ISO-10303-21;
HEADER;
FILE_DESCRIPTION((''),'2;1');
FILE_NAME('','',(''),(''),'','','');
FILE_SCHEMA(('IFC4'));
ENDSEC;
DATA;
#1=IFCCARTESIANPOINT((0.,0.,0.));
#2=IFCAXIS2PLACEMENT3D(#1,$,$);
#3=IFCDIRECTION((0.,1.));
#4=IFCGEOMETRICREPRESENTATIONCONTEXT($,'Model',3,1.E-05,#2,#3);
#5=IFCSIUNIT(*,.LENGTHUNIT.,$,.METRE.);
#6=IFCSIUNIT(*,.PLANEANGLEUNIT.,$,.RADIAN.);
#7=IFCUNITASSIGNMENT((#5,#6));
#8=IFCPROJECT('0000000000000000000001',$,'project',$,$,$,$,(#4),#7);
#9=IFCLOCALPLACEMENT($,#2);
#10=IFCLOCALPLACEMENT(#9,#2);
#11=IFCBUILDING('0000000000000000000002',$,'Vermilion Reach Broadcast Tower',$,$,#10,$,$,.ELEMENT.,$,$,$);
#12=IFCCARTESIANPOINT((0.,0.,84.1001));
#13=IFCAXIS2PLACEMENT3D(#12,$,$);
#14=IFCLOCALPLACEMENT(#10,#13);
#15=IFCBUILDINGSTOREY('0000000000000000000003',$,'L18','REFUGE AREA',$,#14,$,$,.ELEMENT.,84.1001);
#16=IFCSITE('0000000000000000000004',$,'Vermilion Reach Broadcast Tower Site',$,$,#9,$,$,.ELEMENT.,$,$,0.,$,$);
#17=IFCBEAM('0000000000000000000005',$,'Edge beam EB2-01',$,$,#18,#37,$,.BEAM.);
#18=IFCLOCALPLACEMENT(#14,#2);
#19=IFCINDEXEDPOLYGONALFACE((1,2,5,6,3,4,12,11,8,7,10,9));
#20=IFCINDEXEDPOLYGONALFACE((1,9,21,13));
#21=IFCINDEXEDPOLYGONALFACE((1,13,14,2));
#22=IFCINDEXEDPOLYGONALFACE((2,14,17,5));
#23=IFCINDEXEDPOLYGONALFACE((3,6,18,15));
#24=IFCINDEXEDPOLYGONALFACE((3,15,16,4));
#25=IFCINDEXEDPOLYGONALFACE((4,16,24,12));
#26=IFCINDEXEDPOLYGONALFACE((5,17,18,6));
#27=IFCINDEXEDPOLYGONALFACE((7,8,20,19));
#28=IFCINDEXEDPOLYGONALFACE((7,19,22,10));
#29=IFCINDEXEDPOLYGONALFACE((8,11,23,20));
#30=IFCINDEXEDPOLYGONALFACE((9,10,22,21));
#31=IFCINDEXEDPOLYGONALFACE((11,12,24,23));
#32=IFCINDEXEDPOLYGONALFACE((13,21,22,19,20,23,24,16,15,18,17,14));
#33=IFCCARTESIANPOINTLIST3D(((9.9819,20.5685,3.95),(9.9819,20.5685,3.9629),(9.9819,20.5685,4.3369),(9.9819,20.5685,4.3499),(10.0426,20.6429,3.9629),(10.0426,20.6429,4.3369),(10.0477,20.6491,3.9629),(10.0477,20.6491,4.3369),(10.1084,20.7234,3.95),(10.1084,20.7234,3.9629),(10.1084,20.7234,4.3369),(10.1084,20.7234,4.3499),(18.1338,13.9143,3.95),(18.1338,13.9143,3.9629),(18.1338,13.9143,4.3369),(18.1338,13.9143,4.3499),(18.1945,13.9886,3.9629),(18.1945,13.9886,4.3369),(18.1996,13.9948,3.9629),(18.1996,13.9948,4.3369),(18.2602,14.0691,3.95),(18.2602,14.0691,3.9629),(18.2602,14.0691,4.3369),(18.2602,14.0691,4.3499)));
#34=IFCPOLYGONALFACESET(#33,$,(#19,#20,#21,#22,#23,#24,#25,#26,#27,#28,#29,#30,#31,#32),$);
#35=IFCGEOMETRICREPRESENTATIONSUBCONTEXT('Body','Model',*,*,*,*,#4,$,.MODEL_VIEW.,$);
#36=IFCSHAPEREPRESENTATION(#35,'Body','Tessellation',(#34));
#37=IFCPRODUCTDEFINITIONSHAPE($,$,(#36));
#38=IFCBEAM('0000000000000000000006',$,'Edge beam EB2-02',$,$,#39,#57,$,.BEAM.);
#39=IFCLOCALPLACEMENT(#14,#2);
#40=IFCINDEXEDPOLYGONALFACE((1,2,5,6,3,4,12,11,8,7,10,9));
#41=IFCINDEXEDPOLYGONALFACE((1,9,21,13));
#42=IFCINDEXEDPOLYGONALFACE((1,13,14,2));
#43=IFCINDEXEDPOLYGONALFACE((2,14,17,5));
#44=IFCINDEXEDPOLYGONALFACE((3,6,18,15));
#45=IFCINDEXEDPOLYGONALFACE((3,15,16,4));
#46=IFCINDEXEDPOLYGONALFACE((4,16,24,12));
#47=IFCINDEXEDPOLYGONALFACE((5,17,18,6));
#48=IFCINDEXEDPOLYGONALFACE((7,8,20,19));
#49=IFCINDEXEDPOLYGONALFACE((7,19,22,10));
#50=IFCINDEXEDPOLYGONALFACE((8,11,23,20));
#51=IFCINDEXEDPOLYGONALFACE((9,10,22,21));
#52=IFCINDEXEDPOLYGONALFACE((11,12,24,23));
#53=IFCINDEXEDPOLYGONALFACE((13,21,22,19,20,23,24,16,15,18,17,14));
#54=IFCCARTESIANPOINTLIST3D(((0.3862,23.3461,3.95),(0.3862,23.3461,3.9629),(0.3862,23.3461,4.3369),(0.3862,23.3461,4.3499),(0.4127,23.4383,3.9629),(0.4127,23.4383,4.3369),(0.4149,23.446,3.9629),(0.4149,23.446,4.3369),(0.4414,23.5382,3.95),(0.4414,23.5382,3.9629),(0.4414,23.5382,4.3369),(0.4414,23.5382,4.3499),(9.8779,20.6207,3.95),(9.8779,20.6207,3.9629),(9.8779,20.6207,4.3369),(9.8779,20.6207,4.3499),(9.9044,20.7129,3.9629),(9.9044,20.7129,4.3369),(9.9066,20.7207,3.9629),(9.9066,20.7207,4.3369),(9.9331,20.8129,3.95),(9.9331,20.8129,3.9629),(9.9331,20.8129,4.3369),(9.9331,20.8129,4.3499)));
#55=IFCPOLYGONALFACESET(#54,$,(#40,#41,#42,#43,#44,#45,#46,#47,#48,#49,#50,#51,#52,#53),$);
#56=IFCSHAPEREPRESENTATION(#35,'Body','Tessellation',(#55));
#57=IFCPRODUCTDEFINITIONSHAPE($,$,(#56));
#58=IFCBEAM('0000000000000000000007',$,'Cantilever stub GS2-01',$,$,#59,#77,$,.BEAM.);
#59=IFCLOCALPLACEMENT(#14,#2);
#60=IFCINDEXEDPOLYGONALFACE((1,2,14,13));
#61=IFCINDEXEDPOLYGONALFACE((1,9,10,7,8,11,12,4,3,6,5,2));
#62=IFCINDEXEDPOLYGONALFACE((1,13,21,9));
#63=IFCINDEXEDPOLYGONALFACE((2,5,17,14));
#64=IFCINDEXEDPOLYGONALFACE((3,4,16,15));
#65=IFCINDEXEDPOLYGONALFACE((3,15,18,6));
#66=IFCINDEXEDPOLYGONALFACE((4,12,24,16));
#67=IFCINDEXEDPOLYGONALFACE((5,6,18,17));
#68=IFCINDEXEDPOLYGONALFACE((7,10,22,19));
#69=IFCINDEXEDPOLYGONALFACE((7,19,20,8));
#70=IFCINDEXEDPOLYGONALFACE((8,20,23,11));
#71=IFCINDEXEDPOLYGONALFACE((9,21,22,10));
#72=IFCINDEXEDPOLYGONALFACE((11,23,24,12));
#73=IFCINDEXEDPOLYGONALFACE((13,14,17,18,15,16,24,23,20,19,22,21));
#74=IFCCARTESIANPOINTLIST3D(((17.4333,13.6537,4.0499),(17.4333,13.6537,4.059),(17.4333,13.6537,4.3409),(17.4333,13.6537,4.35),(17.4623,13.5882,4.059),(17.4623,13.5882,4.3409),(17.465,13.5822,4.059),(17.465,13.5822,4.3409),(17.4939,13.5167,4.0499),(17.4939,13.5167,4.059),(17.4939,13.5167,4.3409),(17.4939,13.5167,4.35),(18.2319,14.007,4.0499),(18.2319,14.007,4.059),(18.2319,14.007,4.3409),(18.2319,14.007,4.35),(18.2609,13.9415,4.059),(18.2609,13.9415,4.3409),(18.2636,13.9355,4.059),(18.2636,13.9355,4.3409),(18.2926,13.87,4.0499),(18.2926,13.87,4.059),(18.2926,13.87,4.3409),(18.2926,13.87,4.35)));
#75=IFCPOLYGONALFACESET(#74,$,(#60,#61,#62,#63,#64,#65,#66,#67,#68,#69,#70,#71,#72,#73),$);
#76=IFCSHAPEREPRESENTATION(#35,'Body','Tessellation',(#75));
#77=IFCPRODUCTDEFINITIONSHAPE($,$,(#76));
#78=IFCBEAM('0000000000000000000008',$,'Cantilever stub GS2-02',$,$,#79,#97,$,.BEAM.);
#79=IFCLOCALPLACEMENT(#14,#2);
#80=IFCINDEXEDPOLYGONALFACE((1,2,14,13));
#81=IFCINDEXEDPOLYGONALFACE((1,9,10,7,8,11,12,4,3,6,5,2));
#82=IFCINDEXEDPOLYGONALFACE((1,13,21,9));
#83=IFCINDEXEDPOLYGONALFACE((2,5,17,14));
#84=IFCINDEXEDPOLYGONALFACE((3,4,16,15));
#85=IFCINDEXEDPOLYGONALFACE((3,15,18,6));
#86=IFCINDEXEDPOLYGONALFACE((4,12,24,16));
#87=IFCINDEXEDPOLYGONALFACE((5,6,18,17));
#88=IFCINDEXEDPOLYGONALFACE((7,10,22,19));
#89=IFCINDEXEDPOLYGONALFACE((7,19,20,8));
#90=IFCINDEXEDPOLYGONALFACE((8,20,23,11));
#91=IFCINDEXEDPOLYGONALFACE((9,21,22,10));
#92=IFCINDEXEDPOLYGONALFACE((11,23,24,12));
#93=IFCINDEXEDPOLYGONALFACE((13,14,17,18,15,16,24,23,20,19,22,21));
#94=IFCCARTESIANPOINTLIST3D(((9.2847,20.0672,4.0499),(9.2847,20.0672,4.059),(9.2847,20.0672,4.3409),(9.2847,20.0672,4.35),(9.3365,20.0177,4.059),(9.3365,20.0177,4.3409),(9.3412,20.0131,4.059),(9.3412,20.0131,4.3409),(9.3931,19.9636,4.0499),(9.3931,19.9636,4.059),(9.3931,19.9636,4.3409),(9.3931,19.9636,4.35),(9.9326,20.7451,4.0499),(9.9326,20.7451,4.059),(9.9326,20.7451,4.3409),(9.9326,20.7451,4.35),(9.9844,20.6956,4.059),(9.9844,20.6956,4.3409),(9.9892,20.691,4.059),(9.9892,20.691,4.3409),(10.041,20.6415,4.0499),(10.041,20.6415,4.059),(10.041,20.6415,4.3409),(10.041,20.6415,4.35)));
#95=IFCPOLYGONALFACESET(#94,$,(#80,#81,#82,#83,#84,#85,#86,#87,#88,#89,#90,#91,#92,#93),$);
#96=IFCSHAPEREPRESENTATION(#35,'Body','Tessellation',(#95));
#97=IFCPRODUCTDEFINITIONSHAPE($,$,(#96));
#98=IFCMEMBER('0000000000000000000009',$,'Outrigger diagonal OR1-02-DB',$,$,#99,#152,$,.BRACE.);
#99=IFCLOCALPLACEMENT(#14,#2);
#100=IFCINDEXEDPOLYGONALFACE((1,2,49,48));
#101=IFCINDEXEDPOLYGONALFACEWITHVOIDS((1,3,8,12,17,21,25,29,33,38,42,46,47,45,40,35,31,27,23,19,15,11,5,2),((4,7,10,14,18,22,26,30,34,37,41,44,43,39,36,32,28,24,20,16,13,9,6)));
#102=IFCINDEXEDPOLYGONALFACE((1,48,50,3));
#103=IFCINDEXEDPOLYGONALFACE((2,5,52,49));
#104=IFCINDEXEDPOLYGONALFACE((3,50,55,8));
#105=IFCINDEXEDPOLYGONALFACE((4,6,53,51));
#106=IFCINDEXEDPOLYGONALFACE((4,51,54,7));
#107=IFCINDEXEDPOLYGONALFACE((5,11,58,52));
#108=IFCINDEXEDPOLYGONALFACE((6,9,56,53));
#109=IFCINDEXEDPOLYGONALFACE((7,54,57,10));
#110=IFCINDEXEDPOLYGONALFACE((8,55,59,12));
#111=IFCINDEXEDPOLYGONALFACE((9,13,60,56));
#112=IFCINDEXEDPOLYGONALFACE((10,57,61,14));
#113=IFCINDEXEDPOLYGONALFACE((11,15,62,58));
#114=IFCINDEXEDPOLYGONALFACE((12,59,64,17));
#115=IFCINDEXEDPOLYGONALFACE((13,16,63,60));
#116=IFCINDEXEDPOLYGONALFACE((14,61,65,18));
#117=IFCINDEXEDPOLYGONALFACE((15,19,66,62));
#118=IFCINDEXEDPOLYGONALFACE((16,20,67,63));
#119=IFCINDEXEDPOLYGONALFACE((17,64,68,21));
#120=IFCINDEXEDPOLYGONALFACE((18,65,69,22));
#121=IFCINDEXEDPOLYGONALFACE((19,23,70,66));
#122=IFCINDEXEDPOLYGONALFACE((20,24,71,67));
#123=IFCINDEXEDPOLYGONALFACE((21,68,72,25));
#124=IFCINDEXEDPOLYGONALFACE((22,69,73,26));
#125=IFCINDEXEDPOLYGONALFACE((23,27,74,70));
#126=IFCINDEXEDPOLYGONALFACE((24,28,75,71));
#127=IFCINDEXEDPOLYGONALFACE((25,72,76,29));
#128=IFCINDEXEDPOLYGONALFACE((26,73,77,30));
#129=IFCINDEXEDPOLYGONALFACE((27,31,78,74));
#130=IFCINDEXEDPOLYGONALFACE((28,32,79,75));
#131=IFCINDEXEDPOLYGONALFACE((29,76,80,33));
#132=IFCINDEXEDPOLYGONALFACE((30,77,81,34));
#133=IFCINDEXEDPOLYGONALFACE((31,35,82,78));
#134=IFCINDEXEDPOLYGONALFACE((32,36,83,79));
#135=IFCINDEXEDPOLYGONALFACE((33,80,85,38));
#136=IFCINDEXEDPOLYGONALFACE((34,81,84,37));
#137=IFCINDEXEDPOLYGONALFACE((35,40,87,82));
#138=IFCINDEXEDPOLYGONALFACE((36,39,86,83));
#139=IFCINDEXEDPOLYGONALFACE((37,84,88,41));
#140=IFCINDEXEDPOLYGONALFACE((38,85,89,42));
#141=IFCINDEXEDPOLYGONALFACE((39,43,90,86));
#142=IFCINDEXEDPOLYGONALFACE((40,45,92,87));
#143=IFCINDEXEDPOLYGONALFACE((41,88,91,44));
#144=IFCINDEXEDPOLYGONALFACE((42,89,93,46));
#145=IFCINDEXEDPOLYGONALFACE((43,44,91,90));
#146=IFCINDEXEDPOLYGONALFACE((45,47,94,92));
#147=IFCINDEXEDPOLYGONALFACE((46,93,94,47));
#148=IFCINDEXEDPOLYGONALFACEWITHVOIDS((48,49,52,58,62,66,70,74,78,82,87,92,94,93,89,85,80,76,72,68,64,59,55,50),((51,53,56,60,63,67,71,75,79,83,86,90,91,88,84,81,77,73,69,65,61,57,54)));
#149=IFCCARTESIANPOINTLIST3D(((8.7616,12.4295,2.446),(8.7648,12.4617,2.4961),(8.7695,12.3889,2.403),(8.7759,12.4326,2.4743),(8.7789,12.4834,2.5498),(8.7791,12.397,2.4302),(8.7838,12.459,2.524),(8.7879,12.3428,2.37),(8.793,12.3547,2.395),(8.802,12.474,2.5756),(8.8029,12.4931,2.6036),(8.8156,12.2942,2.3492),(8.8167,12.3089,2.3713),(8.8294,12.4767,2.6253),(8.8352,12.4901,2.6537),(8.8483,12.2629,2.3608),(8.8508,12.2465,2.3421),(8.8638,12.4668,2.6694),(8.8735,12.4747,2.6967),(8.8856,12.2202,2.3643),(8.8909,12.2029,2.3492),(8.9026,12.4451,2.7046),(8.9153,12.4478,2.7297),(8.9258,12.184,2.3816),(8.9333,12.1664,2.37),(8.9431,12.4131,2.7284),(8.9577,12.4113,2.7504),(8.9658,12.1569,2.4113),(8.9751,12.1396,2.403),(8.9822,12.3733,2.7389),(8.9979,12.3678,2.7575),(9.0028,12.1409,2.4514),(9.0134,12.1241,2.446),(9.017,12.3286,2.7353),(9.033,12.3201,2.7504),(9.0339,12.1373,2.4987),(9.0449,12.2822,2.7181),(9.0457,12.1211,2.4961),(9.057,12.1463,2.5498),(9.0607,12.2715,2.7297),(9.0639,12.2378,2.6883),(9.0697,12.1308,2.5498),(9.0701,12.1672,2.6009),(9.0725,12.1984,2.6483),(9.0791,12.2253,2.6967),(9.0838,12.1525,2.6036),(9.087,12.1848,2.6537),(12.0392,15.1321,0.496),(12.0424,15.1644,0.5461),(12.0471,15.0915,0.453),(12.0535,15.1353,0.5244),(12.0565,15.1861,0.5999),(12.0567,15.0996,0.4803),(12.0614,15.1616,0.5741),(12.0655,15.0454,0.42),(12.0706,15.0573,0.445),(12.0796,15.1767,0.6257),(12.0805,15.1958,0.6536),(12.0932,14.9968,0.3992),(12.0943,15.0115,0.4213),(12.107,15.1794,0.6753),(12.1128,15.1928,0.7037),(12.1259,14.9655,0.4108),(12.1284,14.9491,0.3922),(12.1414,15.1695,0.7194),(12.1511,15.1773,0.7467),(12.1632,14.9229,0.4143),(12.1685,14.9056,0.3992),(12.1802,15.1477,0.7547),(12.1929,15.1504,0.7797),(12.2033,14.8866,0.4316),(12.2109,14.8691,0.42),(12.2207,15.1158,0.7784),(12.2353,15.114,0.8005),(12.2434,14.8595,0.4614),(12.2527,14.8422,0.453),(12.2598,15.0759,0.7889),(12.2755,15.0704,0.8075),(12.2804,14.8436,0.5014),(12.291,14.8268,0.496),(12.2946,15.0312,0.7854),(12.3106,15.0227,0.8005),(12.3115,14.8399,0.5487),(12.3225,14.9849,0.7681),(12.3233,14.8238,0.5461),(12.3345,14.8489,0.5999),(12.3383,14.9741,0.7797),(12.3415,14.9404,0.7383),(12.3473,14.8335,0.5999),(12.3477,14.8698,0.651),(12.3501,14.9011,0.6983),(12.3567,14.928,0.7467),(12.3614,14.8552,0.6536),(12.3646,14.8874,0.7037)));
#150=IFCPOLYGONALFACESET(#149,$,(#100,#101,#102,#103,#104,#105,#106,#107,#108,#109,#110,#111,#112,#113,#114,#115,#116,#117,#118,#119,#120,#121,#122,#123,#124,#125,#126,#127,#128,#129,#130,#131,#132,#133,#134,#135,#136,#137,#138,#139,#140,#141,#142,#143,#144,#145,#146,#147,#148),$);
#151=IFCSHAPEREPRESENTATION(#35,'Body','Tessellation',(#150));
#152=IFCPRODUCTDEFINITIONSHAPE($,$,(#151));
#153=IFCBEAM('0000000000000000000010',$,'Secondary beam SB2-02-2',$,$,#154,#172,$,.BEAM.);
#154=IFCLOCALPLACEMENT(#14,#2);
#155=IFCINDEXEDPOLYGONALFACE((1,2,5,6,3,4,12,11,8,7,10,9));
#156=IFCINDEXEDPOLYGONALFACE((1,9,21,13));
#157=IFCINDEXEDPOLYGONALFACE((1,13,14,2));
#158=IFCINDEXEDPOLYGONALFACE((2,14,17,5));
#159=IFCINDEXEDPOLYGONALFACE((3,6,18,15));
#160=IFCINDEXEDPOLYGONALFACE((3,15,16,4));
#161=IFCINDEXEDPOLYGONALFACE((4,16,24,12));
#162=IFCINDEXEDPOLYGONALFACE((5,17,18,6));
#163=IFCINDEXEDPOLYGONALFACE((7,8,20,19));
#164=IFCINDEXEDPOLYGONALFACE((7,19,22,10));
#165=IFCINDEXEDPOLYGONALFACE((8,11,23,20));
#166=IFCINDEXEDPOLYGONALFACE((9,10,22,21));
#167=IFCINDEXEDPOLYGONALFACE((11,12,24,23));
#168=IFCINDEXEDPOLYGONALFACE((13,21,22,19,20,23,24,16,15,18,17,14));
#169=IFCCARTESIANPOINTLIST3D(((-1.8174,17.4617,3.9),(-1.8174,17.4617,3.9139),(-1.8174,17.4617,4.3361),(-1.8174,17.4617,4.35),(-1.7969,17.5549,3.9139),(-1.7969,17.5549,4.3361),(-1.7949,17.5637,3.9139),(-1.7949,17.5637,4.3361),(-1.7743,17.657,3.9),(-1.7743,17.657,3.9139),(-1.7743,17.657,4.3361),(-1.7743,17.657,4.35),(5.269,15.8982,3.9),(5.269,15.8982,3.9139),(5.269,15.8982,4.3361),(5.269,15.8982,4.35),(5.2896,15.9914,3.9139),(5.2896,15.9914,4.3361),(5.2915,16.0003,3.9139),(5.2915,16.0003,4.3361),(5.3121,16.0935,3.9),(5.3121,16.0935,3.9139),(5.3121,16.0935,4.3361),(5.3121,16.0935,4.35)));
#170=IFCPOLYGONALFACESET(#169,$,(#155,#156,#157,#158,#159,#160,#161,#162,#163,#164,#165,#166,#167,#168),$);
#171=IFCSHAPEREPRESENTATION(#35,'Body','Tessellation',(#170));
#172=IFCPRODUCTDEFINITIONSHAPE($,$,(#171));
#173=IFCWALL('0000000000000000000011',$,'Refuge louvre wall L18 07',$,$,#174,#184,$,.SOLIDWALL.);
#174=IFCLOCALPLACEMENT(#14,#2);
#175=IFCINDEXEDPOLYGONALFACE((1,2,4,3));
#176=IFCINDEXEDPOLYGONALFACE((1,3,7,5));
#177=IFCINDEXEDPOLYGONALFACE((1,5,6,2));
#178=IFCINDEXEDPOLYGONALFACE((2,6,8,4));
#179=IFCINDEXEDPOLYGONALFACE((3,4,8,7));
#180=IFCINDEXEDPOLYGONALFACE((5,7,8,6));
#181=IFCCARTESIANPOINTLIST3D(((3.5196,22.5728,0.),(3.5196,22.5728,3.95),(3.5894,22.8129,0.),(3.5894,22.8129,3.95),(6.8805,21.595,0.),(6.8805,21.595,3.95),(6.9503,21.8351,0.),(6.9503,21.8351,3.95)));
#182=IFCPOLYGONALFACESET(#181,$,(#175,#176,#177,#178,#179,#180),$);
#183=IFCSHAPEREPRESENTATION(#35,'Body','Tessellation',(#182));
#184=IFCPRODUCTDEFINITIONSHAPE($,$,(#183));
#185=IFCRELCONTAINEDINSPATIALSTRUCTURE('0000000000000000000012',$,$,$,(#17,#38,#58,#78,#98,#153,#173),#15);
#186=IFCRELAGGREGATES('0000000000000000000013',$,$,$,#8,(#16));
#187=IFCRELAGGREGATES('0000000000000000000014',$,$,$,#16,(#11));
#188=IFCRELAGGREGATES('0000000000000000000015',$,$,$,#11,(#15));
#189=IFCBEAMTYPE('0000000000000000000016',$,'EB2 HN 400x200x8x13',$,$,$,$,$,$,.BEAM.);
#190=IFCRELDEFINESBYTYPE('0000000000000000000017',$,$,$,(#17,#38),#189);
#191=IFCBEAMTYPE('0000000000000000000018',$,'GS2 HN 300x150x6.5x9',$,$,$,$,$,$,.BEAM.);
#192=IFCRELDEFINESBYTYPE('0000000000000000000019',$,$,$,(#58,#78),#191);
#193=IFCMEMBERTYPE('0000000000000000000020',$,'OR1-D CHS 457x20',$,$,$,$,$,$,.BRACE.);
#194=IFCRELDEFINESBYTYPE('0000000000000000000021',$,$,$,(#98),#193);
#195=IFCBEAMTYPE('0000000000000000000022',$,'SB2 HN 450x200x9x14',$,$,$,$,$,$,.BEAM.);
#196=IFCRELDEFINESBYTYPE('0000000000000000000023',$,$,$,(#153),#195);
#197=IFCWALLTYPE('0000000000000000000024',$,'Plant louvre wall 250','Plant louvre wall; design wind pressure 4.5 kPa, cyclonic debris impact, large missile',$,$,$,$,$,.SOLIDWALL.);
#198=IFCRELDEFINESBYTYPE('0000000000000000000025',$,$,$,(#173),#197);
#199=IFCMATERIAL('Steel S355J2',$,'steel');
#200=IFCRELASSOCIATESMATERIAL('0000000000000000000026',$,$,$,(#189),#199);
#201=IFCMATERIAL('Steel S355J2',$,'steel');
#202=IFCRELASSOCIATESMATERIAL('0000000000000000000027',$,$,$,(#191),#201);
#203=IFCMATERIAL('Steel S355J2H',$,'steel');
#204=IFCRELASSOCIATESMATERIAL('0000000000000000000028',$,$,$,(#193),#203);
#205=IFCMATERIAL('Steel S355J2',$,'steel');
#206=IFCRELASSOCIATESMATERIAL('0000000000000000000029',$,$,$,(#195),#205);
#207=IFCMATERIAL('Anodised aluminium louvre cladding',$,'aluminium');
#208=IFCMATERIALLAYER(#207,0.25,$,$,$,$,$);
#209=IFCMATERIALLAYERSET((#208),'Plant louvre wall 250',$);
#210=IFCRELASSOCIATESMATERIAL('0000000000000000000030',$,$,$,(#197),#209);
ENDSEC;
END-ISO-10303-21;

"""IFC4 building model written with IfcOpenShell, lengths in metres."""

from ifc_helpers import new_model, si_unit, direction, frame, frame_2d, origin, origin_2d, place, context, subcontext, project, spatial, rectangle, hollow_circle, i_section, extrude, material, layer, layer_set, material_profile, profile_set, type_object, element, save


model = new_model("IFC4")

# Units and contexts
model_context = context("Model", 3, precision=1e-05, world=origin(), true_north=direction((0.0, 1.0)))
body_context = subcontext(model_context, "Body", "Model", "MODEL_VIEW")
ifc_project = project(units=[si_unit("LENGTHUNIT", "METRE"), si_unit("PLANEANGLEUNIT", "RADIAN")], contexts=[model_context])

# Site, building, storey
site_placement = place(None, origin())
site = spatial("IfcSite", under=ifc_project, at=site_placement, Name="Vermilion Reach Broadcast Tower Site", CompositionType="ELEMENT", RefElevation=0.0)
building_placement = place(site_placement, origin())
building = spatial("IfcBuilding", under=site, at=building_placement, Name="Vermilion Reach Broadcast Tower", CompositionType="ELEMENT")
storey_placement = place(building_placement, frame((0.0, 0.0, 84.1001)))
storey = spatial("IfcBuildingStorey", under=building, at=storey_placement, Name="L18", Description="REFUGE AREA", CompositionType="ELEMENT", Elevation=84.1001)

# Beams
ifc_material_1 = material(Name="Steel S355J2", Category="steel")
ifc_material_profile_1 = material_profile(ifc_material_1, i_section(OverallWidth=0.2, OverallDepth=0.3999, WebThickness=0.0081, FlangeThickness=0.0129, at=origin_2d()), Name="S355J2 HN 400x200x8x13")
ifc_profile_set_1 = profile_set([ifc_material_profile_1], Name="Steel S355J2")
beam_type_1 = type_object("IfcBeamType", Name="EB2 HN 400x200x8x13", PredefinedType="BEAM", material=ifc_profile_set_1)
beam_1_placement = place(storey_placement, frame((18.197, 13.9917, 4.1499), z_axis=(-0.774674, 0.632361, 0.0), x_axis=(-0.632361, -0.774674, 0.0)))
element("IfcBeam", 1, at=beam_1_placement, inside=storey, type_object=beam_type_1, Name="Edge beam EB2-01", PredefinedType="BEAM", context=body_context, shape_type="SweptSolid", body=[
    extrude(i_section(OverallWidth=0.2, OverallDepth=0.3999, WebThickness=0.0081, FlangeThickness=0.0129, at=origin_2d()), origin(), (0.0, 0.0, 1.0), 10.5229),
])
beam_2_placement = place(storey_placement, frame((9.9055, 20.7168, 4.1499), z_axis=(-0.961164, 0.275978, 0.0), x_axis=(-0.275978, -0.961164, 0.0)))
element("IfcBeam", 2, at=beam_2_placement, inside=storey, type_object=beam_type_1, Name="Edge beam EB2-02", PredefinedType="BEAM", context=body_context, shape_type="SweptSolid", body=[
    extrude(i_section(OverallWidth=0.2, OverallDepth=0.3999, WebThickness=0.0081, FlangeThickness=0.0129, at=origin_2d()), origin(), (0.0, 0.0, 1.0), 9.8752),
])
ifc_material_2 = material(Name="Steel S355J2", Category="steel")
ifc_material_profile_2 = material_profile(ifc_material_2, i_section(OverallWidth=0.1499, OverallDepth=0.3, WebThickness=0.0066, FlangeThickness=0.009, at=origin_2d()), Name="S355J2 HN 300x150x6.5x9")
ifc_profile_set_2 = profile_set([ifc_material_profile_2], Name="Steel S355J2")
beam_type_2 = type_object("IfcBeamType", Name="GS2 HN 300x150x6.5x9", PredefinedType="BEAM", material=ifc_profile_set_2)
beam_3_placement = place(storey_placement, frame((17.4636, 13.5852, 4.2), z_axis=(0.914513, 0.404555, 0.0), x_axis=(-0.404555, 0.914513, 0.0)))
element("IfcBeam", 3, at=beam_3_placement, inside=storey, type_object=beam_type_2, Name="Cantilever stub GS2-01", PredefinedType="BEAM", context=body_context, shape_type="SweptSolid", body=[
    extrude(i_section(OverallWidth=0.1499, OverallDepth=0.3, WebThickness=0.0066, FlangeThickness=0.009, at=origin_2d()), origin(), (0.0, 0.0, 1.0), 0.8733),
])
beam_4_placement = place(storey_placement, frame((9.3389, 20.0154, 4.2), z_axis=(0.690915, 0.722936, 0.0), x_axis=(-0.722936, 0.690915, 0.0)))
element("IfcBeam", 4, at=beam_4_placement, inside=storey, type_object=beam_type_2, Name="Cantilever stub GS2-02", PredefinedType="BEAM", context=body_context, shape_type="SweptSolid", body=[
    extrude(i_section(OverallWidth=0.1499, OverallDepth=0.3, WebThickness=0.0066, FlangeThickness=0.009, at=origin_2d()), origin(), (0.0, 0.0, 1.0), 0.9377),
])

# Member
ifc_material_3 = material(Name="Steel S355J2H", Category="steel")
ifc_material_profile_3 = material_profile(ifc_material_3, hollow_circle(Radius=0.2285, WallThickness=0.02, at=origin_2d()), Name="S355J2H CHS 457x20")
ifc_profile_set_3 = profile_set([ifc_material_profile_3], Name="Steel S355J2H")
member_type_1 = type_object("IfcMemberType", Name="OR1-D CHS 457x20", PredefinedType="BRACE", material=ifc_profile_set_3)
member_1_placement = place(storey_placement, frame((12.2019, 15.0098, 0.5999), z_axis=(-0.701192, -0.57819, 0.417164), x_axis=(0.636191, -0.771532, 0.0)))
element("IfcMember", 5, at=member_1_placement, inside=storey, type_object=member_type_1, Name="Outrigger diagonal OR1-02-DB", PredefinedType="BRACE", context=body_context, shape_type="SweptSolid", body=[
    extrude(hollow_circle(Radius=0.2285, WallThickness=0.02, at=origin_2d()), origin(), (0.0, 0.0, 1.0), 4.6743),
])

# Beam
ifc_material_4 = material(Name="Steel S355J2", Category="steel")
ifc_material_profile_4 = material_profile(ifc_material_4, i_section(OverallWidth=0.2, OverallDepth=0.45, WebThickness=0.009, FlangeThickness=0.0139, at=origin_2d()), Name="S355J2 HN 450x200x9x14")
ifc_profile_set_4 = profile_set([ifc_material_profile_4], Name="Steel S355J2")
beam_type_3 = type_object("IfcBeamType", Name="SB2 HN 450x200x9x14", PredefinedType="BEAM", material=ifc_profile_set_4)
beam_5_placement = place(storey_placement, frame((5.2905, 15.9958, 4.125), z_axis=(-0.976515, 0.215448, 0.0), x_axis=(-0.215448, -0.976515, 0.0)))
element("IfcBeam", 6, at=beam_5_placement, inside=storey, type_object=beam_type_3, Name="Secondary beam SB2-02-2", PredefinedType="BEAM", context=body_context, shape_type="SweptSolid", body=[
    extrude(i_section(OverallWidth=0.2, OverallDepth=0.45, WebThickness=0.009, FlangeThickness=0.0139, at=origin_2d()), origin(), (0.0, 0.0, 1.0), 7.2568),
])

# Wall
ifc_material_5 = material(Name="Anodised aluminium louvre cladding", Category="aluminium")
ifc_layer = layer(ifc_material_5, 0.25)
ifc_layer_set = layer_set([ifc_layer], Name="Plant louvre wall 250")
wall_type = type_object("IfcWallType", Name="Plant louvre wall 250", Description="Plant louvre wall; design wind pressure 4.5 kPa, cyclonic debris impact, large missile", PredefinedType="SOLIDWALL", material=ifc_layer_set)
wall_placement = place(storey_placement, frame((6.9153, 21.7151, 0.0), z_axis=(0.0, 0.0, 1.0), x_axis=(-0.960189, 0.279352, 0.0)))
element("IfcWall", 7, at=wall_placement, inside=storey, type_object=wall_type, Name="Refuge louvre wall L18 07", PredefinedType="SOLIDWALL", context=body_context, shape_type="SweptSolid", body=[
    extrude(rectangle(XDim=3.5002, YDim=0.25, at=frame_2d((1.75, 0.0))), origin(), (0.0, 0.0, 1.0), 3.95),
])

save(model, "model.ifc")
